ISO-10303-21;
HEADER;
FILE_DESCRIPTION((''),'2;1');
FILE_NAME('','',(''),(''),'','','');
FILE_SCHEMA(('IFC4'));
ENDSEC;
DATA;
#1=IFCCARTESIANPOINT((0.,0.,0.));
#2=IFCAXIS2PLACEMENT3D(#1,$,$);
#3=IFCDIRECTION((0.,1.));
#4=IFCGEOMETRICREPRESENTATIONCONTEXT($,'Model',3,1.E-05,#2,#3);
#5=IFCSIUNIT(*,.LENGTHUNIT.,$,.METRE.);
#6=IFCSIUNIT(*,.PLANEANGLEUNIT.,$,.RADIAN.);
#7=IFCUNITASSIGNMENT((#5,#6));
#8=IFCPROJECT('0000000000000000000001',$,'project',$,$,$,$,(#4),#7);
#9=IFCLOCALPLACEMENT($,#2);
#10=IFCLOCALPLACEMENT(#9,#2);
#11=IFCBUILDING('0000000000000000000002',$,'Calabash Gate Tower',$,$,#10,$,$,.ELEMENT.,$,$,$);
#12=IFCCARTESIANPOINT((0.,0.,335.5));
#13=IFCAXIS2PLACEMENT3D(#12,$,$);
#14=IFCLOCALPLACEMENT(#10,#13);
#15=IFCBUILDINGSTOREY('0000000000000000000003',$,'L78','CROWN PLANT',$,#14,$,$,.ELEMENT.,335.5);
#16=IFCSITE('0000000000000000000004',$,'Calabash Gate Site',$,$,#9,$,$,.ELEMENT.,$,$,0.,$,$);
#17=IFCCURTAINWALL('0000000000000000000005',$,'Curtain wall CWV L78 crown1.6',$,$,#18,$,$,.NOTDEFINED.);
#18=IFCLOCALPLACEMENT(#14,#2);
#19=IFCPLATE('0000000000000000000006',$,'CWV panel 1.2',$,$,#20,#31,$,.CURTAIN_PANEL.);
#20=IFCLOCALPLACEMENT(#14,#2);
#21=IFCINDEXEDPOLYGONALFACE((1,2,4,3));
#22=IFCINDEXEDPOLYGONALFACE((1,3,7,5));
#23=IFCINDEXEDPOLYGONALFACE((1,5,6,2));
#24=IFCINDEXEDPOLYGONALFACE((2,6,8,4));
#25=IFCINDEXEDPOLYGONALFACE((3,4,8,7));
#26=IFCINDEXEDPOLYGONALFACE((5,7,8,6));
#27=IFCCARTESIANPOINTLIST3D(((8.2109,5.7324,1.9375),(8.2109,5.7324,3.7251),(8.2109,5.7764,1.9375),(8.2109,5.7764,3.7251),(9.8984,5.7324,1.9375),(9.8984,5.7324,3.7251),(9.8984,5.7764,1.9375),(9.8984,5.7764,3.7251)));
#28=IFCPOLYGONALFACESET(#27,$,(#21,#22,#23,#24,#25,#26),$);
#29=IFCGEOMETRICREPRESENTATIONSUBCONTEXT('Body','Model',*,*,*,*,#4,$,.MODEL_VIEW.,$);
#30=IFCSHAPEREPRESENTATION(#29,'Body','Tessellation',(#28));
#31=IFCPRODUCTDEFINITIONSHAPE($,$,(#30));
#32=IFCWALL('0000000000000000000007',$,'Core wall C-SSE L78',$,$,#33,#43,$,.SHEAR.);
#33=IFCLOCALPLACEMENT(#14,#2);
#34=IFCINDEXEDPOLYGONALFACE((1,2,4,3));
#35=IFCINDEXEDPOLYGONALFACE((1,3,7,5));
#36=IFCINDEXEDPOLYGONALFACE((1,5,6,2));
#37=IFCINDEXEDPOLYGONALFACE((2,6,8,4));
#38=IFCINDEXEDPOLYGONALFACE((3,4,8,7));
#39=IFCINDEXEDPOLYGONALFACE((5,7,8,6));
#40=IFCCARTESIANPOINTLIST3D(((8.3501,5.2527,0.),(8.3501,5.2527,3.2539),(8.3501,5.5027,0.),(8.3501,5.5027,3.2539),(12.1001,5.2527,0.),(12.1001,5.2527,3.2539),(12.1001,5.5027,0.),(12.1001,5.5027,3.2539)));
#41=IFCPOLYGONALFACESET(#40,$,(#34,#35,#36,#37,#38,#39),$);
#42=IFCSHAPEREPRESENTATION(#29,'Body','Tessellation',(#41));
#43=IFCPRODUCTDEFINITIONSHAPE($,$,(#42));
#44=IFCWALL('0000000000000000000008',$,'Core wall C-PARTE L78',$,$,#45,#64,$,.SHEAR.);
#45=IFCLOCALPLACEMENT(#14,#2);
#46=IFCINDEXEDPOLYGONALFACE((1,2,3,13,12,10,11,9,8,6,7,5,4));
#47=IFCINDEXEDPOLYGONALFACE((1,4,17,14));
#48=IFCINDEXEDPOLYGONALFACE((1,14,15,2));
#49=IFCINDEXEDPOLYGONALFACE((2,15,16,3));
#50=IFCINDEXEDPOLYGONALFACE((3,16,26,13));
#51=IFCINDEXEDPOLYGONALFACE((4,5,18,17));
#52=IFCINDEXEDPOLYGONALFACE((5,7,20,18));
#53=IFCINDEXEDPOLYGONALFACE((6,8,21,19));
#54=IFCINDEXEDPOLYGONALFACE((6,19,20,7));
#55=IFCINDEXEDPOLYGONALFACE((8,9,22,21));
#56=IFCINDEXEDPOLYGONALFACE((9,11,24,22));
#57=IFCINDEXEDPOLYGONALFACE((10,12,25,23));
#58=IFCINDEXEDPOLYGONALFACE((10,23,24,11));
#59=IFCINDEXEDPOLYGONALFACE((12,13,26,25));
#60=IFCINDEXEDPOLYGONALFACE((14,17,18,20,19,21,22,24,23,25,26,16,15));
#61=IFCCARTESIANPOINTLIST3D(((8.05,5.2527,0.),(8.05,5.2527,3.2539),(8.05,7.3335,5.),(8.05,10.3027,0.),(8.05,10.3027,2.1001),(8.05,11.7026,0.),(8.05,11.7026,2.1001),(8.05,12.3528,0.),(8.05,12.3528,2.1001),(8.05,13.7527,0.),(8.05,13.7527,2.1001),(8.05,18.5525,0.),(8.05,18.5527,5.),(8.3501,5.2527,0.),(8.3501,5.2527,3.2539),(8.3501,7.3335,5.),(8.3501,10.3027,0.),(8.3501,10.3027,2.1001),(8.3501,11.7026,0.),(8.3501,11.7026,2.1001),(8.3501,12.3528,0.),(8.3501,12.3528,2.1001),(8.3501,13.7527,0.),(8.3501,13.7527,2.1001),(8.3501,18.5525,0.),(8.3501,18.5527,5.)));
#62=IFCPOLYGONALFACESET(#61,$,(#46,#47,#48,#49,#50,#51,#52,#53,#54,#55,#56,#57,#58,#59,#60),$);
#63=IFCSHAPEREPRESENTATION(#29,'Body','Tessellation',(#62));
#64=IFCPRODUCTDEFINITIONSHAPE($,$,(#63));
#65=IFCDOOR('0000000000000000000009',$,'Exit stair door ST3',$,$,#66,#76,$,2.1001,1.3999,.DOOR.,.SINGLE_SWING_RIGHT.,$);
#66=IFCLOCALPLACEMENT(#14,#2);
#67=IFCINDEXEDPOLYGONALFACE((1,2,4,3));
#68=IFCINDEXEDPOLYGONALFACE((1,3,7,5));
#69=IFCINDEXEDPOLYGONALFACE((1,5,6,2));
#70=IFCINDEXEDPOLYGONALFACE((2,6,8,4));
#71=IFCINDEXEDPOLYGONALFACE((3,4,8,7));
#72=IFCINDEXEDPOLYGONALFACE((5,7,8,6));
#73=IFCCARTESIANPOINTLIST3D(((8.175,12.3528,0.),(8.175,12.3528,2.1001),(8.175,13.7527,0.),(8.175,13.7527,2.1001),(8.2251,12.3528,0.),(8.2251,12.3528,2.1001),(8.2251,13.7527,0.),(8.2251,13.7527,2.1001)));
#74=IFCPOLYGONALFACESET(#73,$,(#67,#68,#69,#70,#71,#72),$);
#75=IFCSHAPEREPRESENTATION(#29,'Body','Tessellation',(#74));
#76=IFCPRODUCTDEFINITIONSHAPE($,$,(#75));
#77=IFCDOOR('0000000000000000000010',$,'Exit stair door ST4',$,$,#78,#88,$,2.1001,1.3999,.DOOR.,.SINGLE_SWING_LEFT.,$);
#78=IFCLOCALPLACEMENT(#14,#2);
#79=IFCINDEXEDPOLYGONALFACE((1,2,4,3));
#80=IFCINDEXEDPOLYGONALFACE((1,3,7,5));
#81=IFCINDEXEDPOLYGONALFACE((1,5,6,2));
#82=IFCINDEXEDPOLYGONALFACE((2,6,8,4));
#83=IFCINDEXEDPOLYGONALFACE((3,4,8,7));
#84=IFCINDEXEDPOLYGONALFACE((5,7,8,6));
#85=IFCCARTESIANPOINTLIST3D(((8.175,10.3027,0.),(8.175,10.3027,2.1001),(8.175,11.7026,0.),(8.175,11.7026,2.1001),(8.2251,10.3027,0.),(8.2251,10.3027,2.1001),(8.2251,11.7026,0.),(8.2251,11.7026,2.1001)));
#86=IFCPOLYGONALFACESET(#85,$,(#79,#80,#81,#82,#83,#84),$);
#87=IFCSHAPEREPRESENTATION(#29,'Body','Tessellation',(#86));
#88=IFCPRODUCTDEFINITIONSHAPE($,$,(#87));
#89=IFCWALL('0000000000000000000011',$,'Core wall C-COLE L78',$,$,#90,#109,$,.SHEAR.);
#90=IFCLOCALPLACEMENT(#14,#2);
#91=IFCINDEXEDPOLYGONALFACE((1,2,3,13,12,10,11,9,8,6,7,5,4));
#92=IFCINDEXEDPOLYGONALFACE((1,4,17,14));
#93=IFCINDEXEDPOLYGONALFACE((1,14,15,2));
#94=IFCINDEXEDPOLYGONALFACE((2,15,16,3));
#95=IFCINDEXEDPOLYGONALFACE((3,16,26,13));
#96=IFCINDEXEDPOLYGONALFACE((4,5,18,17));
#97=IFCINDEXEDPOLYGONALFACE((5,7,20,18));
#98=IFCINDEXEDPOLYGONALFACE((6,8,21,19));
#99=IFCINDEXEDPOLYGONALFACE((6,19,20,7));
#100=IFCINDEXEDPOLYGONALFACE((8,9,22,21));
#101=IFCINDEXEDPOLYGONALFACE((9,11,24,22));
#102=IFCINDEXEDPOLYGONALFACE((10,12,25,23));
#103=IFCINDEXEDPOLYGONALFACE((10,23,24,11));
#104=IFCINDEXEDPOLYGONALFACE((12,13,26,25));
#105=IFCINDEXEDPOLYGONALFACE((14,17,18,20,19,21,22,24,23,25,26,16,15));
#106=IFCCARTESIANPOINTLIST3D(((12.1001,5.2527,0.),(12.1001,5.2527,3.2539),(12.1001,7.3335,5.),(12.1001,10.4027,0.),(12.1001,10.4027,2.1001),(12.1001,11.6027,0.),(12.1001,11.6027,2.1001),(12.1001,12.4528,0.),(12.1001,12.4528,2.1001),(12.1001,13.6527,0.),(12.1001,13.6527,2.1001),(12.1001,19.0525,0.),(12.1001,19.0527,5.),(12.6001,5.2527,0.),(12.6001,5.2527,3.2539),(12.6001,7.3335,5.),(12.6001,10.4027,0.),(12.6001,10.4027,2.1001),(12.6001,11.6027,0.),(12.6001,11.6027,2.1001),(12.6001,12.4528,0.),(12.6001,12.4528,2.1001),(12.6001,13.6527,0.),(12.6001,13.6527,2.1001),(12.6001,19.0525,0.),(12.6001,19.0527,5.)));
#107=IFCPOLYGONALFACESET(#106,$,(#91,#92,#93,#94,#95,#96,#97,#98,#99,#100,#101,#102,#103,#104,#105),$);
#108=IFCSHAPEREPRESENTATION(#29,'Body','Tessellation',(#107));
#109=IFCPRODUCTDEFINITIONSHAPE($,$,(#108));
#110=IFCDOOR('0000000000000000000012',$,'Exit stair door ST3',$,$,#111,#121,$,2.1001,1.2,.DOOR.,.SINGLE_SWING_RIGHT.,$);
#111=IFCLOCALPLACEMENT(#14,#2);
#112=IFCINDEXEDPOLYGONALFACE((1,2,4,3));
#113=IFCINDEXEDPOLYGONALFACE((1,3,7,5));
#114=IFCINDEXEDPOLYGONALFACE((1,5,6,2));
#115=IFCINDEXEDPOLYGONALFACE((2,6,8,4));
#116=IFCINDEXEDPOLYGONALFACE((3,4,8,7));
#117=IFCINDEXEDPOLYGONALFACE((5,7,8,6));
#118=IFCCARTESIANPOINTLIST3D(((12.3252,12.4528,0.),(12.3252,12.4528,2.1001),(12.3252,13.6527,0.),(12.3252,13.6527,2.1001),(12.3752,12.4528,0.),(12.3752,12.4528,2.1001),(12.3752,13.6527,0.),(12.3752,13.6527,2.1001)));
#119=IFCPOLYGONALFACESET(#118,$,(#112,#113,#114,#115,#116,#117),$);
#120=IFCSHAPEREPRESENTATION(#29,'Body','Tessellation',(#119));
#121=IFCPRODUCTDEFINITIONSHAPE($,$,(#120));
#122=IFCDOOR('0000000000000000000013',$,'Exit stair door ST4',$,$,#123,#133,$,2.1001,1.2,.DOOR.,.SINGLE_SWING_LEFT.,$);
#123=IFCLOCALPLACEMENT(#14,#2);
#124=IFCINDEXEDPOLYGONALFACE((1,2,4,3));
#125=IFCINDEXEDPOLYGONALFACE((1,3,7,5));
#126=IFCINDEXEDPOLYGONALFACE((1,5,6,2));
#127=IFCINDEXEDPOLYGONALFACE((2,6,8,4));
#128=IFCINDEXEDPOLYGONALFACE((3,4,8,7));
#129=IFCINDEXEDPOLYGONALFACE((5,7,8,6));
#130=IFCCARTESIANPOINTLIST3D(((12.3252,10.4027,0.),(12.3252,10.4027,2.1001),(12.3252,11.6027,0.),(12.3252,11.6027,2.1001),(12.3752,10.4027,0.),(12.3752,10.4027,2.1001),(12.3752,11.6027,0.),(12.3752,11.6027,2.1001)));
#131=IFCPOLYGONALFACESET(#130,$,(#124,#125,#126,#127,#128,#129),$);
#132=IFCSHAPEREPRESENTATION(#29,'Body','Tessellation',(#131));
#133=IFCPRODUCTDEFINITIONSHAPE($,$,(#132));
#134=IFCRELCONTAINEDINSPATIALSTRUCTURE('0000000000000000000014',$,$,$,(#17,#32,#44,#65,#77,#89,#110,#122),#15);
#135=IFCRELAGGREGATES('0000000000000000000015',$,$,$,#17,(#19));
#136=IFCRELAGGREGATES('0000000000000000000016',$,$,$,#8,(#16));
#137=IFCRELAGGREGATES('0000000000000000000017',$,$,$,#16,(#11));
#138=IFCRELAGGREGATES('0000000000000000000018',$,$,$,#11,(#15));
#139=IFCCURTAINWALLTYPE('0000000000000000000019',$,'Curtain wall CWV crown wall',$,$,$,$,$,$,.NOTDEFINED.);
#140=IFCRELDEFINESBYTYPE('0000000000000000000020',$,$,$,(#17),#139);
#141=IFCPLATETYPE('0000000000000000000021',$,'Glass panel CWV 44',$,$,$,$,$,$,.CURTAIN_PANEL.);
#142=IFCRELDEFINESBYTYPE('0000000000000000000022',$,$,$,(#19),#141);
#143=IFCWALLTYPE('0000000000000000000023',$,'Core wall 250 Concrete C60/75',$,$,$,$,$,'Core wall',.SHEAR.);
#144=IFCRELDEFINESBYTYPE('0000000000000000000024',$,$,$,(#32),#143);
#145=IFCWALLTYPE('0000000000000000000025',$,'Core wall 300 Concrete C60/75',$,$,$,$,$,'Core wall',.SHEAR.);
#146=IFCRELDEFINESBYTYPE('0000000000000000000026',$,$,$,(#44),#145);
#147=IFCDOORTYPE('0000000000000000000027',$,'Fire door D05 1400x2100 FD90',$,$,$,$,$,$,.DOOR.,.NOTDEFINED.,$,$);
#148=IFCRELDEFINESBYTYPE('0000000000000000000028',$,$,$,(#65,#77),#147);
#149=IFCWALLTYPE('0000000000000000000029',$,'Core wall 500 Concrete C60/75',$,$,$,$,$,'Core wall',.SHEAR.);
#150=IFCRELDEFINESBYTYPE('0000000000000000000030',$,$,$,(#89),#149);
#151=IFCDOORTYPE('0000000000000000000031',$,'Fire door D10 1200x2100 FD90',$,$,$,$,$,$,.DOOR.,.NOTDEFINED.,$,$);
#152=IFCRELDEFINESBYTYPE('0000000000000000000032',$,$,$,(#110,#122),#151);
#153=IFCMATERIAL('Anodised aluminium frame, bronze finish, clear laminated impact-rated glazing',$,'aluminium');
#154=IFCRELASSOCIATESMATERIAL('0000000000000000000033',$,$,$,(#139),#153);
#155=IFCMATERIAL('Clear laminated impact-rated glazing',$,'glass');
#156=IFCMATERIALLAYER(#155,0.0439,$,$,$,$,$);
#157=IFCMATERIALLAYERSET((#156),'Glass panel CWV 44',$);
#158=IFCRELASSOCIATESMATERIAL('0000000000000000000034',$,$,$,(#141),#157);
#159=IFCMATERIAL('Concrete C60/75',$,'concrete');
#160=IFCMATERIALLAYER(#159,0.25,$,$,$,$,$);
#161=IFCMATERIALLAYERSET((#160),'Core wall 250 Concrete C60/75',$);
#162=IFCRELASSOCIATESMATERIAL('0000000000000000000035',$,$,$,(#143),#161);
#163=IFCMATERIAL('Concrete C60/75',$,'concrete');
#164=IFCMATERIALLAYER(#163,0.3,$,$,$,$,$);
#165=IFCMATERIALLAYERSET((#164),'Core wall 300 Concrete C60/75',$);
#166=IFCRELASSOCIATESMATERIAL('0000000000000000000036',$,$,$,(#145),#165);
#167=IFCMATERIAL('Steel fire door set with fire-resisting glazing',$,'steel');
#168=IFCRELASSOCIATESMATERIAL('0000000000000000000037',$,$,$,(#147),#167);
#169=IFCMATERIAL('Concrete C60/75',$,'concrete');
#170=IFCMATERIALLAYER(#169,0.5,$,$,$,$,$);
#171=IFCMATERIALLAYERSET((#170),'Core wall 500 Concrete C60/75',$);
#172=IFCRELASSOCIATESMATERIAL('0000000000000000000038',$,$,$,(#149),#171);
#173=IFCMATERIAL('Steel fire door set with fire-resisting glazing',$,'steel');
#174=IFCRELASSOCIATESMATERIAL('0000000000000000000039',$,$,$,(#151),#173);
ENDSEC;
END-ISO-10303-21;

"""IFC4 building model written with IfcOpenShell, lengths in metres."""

from ifc_helpers import new_model, si_unit, direction, frame, frame_2d, origin, origin_2d, place, context, subcontext, project, spatial, polyline, rectangle, outline, extrude, material, layer, layer_set, type_object, element, fill, aggregate, save


model = new_model("IFC4")

# Units and contexts
model_context = context("Model", 3, precision=1e-05, world=origin(), true_north=direction((0.0, 1.0)))
body_context = subcontext(model_context, "Body", "Model", "MODEL_VIEW")
ifc_project = project(units=[si_unit("LENGTHUNIT", "METRE"), si_unit("PLANEANGLEUNIT", "RADIAN")], contexts=[model_context])

# Site, building, storey
site_placement = place(None, origin())
site = spatial("IfcSite", under=ifc_project, at=site_placement, Name="Calabash Gate Site", CompositionType="ELEMENT", RefElevation=0.0)
building_placement = place(site_placement, origin())
building = spatial("IfcBuilding", under=site, at=building_placement, Name="Calabash Gate Tower", CompositionType="ELEMENT")
storey_placement = place(building_placement, frame((0.0, 0.0, 335.5)))
storey = spatial("IfcBuildingStorey", under=building, at=storey_placement, Name="L78", Description="CROWN PLANT", CompositionType="ELEMENT", Elevation=335.5)

# Shared definitions
ifc_material_1 = material(Name="Anodised aluminium frame, bronze finish, clear laminated impact-rated glazing", Category="aluminium")
curtain_wall_type_1 = type_object("IfcCurtainWallType", Name="Curtain wall CWV crown wall", PredefinedType="NOTDEFINED", material=ifc_material_1)

# Curtain wall
curtain_wall_1_placement = place(storey_placement, origin())
curtain_wall_1 = element("IfcCurtainWall", 1, at=curtain_wall_1_placement, inside=storey, type_object=curtain_wall_type_1, Name="Curtain wall CWV L78 crown1.6", PredefinedType="NOTDEFINED")

# Plate
ifc_material_2 = material(Name="Clear laminated impact-rated glazing", Category="glass")
ifc_layer_1 = layer(ifc_material_2, 0.0439)
ifc_layer_set_1 = layer_set([ifc_layer_1], Name="Glass panel CWV 44")
plate_type_1 = type_object("IfcPlateType", Name="Glass panel CWV 44", PredefinedType="CURTAIN_PANEL", material=ifc_layer_set_1)
plate_1_placement = place(storey_placement, frame((9.0547, 5.7544, 1.9375), z_axis=(0.0, 0.0, 1.0), x_axis=(1.0, 0.0, 0.0)))
plate_1 = element("IfcPlate", 2, at=plate_1_placement, type_object=plate_type_1, Name="CWV panel 1.2", PredefinedType="CURTAIN_PANEL", context=body_context, shape_type="SweptSolid", body=[
    extrude(rectangle(XDim=1.6875, YDim=0.0439, at=origin_2d()), origin(), (0.0, 0.0, 1.0), 1.7876),
])
aggregate(curtain_wall_1, [plate_1])

# Wall
ifc_material_3 = material(Name="Concrete C60/75", Category="concrete")
ifc_layer_2 = layer(ifc_material_3, 0.25)
ifc_layer_set_2 = layer_set([ifc_layer_2], Name="Core wall 250 Concrete C60/75")
wall_type_1 = type_object("IfcWallType", Name="Core wall 250 Concrete C60/75", ElementType="Core wall", PredefinedType="SHEAR", material=ifc_layer_set_2)
wall_1_placement = place(storey_placement, frame((8.3501, 5.3777, 0.0), z_axis=(0.0, 0.0, 1.0), x_axis=(1.0, 0.0, 0.0)))
element("IfcWall", 3, at=wall_1_placement, inside=storey, type_object=wall_type_1, Name="Core wall C-SSE L78", PredefinedType="SHEAR", context=body_context, shape_type="SweptSolid", body=[
    extrude(rectangle(XDim=3.75, YDim=0.25, at=frame_2d((1.875, 0.0))), origin(), (0.0, 0.0, 1.0), 3.2539),
])

# Walls, openings, doors
ifc_material_4 = material(Name="Concrete C60/75", Category="concrete")
ifc_layer_3 = layer(ifc_material_4, 0.3)
ifc_layer_set_3 = layer_set([ifc_layer_3], Name="Core wall 300 Concrete C60/75")
wall_type_2 = type_object("IfcWallType", Name="Core wall 300 Concrete C60/75", ElementType="Core wall", PredefinedType="SHEAR", material=ifc_layer_set_3)
wall_2_placement = place(storey_placement, frame((8.2, 5.2527, 0.0), z_axis=(0.0, 0.0, 1.0), x_axis=(0.0, 1.0, 0.0)))
wall_2 = element("IfcWall", 4, at=wall_2_placement, inside=storey, type_object=wall_type_2, Name="Core wall C-PARTE L78", PredefinedType="SHEAR", context=body_context, shape_type="SweptSolid", body=[
    extrude(outline(polyline([(0.0, 0.0), (13.2998, 0.0), (13.3, 5.0), (2.0808, 5.0), (0.0, 3.2539), (0.0, 0.0)])), frame((0.0, 0.1499, 0.0), z_axis=(0.0, -1.0, 0.0), x_axis=(1.0, 0.0, 0.0)), (0.0, 0.0, 1.0), 0.3),
])
opening_1_placement = place(wall_2_placement, frame((7.1001, 0.0, 0.0)))
opening_1 = element("IfcOpeningElement", 5, at=opening_1_placement, cuts=wall_2, PredefinedType="OPENING", context=body_context, shape_type="SweptSolid", body=[
    extrude(rectangle(XDim=1.3999, YDim=2.1001, at=frame_2d((0.7, 1.05))), frame((0.0, 0.1599, 0.0), z_axis=(0.0, -1.0, 0.0), x_axis=(1.0, 0.0, 0.0)), (0.0, 0.0, 1.0), 0.3201),
])
opening_2_placement = place(wall_2_placement, frame((5.05, 0.0, 0.0)))
opening_2 = element("IfcOpeningElement", 6, at=opening_2_placement, cuts=wall_2, PredefinedType="OPENING", context=body_context, shape_type="SweptSolid", body=[
    extrude(rectangle(XDim=1.3999, YDim=2.1001, at=frame_2d((0.7, 1.05))), frame((0.0, 0.1599, 0.0), z_axis=(0.0, -1.0, 0.0), x_axis=(1.0, 0.0, 0.0)), (0.0, 0.0, 1.0), 0.3201),
])
ifc_material_5 = material(Name="Steel fire door set with fire-resisting glazing", Category="steel")
door_type_1 = type_object("IfcDoorType", Name="Fire door D05 1400x2100 FD90", OperationType="NOTDEFINED", PredefinedType="DOOR", material=ifc_material_5)
door_1_placement = place(opening_1_placement, origin())
door_1 = element("IfcDoor", 7, at=door_1_placement, inside=storey, type_object=door_type_1, Name="Exit stair door ST3", OperationType="SINGLE_SWING_RIGHT", OverallHeight=2.1001, OverallWidth=1.3999, PredefinedType="DOOR", context=body_context, shape_type="SweptSolid", body=[
    extrude(rectangle(XDim=1.3999, YDim=2.1001, at=frame_2d((0.7, 1.05))), frame((0.0, 0.0249, 0.0), z_axis=(0.0, -1.0, 0.0), x_axis=(1.0, 0.0, 0.0)), (0.0, 0.0, 1.0), 0.05),
])
fill(opening_1, door_1)
door_2_placement = place(opening_2_placement, origin())
door_2 = element("IfcDoor", 8, at=door_2_placement, inside=storey, type_object=door_type_1, Name="Exit stair door ST4", OperationType="SINGLE_SWING_LEFT", OverallHeight=2.1001, OverallWidth=1.3999, PredefinedType="DOOR", context=body_context, shape_type="SweptSolid", body=[
    extrude(rectangle(XDim=1.3999, YDim=2.1001, at=frame_2d((0.7, 1.05))), frame((0.0, 0.0249, 0.0), z_axis=(0.0, -1.0, 0.0), x_axis=(1.0, 0.0, 0.0)), (0.0, 0.0, 1.0), 0.05),
])
fill(opening_2, door_2)
ifc_material_6 = material(Name="Concrete C60/75", Category="concrete")
ifc_layer_4 = layer(ifc_material_6, 0.5)
ifc_layer_set_4 = layer_set([ifc_layer_4], Name="Core wall 500 Concrete C60/75")
wall_type_3 = type_object("IfcWallType", Name="Core wall 500 Concrete C60/75", ElementType="Core wall", PredefinedType="SHEAR", material=ifc_layer_set_4)
wall_3_placement = place(storey_placement, frame((12.3501, 5.2527, 0.0), z_axis=(0.0, 0.0, 1.0), x_axis=(0.0, 1.0, 0.0)))
wall_3 = element("IfcWall", 9, at=wall_3_placement, inside=storey, type_object=wall_type_3, Name="Core wall C-COLE L78", PredefinedType="SHEAR", context=body_context, shape_type="SweptSolid", body=[
    extrude(outline(polyline([(0.0, 0.0), (13.7998, 0.0), (13.8, 5.0), (2.0808, 5.0), (0.0, 3.2539), (0.0, 0.0)])), frame((0.0, 0.25, 0.0), z_axis=(0.0, -1.0, 0.0), x_axis=(1.0, 0.0, 0.0)), (0.0, 0.0, 1.0), 0.5),
])
opening_3_placement = place(wall_3_placement, frame((7.2, 0.0, 0.0)))
opening_3 = element("IfcOpeningElement", 10, at=opening_3_placement, cuts=wall_3, PredefinedType="OPENING", context=body_context, shape_type="SweptSolid", body=[
    extrude(rectangle(XDim=1.2, YDim=2.1001, at=frame_2d((0.6001, 1.05))), frame((0.0, 0.26, 0.0), z_axis=(0.0, -1.0, 0.0), x_axis=(1.0, 0.0, 0.0)), (0.0, 0.0, 1.0), 0.52),
])
opening_4_placement = place(wall_3_placement, frame((5.1499, 0.0, 0.0)))
opening_4 = element("IfcOpeningElement", 11, at=opening_4_placement, cuts=wall_3, PredefinedType="OPENING", context=body_context, shape_type="SweptSolid", body=[
    extrude(rectangle(XDim=1.2, YDim=2.1001, at=frame_2d((0.6001, 1.05))), frame((0.0, 0.26, 0.0), z_axis=(0.0, -1.0, 0.0), x_axis=(1.0, 0.0, 0.0)), (0.0, 0.0, 1.0), 0.52),
])
ifc_material_7 = material(Name="Steel fire door set with fire-resisting glazing", Category="steel")
door_type_2 = type_object("IfcDoorType", Name="Fire door D10 1200x2100 FD90", OperationType="NOTDEFINED", PredefinedType="DOOR", material=ifc_material_7)
door_3_placement = place(opening_3_placement, origin())
door_3 = element("IfcDoor", 12, at=door_3_placement, inside=storey, type_object=door_type_2, Name="Exit stair door ST3", OperationType="SINGLE_SWING_RIGHT", OverallHeight=2.1001, OverallWidth=1.2, PredefinedType="DOOR", context=body_context, shape_type="SweptSolid", body=[
    extrude(rectangle(XDim=1.2, YDim=2.1001, at=frame_2d((0.6001, 1.05))), frame((0.0, 0.0249, 0.0), z_axis=(0.0, -1.0, 0.0), x_axis=(1.0, 0.0, 0.0)), (0.0, 0.0, 1.0), 0.05),
])
fill(opening_3, door_3)
door_4_placement = place(opening_4_placement, origin())
door_4 = element("IfcDoor", 13, at=door_4_placement, inside=storey, type_object=door_type_2, Name="Exit stair door ST4", OperationType="SINGLE_SWING_LEFT", OverallHeight=2.1001, OverallWidth=1.2, PredefinedType="DOOR", context=body_context, shape_type="SweptSolid", body=[
    extrude(rectangle(XDim=1.2, YDim=2.1001, at=frame_2d((0.6001, 1.05))), frame((0.0, 0.0249, 0.0), z_axis=(0.0, -1.0, 0.0), x_axis=(1.0, 0.0, 0.0)), (0.0, 0.0, 1.0), 0.05),
])
fill(opening_4, door_4)

save(model, "model.ifc")
